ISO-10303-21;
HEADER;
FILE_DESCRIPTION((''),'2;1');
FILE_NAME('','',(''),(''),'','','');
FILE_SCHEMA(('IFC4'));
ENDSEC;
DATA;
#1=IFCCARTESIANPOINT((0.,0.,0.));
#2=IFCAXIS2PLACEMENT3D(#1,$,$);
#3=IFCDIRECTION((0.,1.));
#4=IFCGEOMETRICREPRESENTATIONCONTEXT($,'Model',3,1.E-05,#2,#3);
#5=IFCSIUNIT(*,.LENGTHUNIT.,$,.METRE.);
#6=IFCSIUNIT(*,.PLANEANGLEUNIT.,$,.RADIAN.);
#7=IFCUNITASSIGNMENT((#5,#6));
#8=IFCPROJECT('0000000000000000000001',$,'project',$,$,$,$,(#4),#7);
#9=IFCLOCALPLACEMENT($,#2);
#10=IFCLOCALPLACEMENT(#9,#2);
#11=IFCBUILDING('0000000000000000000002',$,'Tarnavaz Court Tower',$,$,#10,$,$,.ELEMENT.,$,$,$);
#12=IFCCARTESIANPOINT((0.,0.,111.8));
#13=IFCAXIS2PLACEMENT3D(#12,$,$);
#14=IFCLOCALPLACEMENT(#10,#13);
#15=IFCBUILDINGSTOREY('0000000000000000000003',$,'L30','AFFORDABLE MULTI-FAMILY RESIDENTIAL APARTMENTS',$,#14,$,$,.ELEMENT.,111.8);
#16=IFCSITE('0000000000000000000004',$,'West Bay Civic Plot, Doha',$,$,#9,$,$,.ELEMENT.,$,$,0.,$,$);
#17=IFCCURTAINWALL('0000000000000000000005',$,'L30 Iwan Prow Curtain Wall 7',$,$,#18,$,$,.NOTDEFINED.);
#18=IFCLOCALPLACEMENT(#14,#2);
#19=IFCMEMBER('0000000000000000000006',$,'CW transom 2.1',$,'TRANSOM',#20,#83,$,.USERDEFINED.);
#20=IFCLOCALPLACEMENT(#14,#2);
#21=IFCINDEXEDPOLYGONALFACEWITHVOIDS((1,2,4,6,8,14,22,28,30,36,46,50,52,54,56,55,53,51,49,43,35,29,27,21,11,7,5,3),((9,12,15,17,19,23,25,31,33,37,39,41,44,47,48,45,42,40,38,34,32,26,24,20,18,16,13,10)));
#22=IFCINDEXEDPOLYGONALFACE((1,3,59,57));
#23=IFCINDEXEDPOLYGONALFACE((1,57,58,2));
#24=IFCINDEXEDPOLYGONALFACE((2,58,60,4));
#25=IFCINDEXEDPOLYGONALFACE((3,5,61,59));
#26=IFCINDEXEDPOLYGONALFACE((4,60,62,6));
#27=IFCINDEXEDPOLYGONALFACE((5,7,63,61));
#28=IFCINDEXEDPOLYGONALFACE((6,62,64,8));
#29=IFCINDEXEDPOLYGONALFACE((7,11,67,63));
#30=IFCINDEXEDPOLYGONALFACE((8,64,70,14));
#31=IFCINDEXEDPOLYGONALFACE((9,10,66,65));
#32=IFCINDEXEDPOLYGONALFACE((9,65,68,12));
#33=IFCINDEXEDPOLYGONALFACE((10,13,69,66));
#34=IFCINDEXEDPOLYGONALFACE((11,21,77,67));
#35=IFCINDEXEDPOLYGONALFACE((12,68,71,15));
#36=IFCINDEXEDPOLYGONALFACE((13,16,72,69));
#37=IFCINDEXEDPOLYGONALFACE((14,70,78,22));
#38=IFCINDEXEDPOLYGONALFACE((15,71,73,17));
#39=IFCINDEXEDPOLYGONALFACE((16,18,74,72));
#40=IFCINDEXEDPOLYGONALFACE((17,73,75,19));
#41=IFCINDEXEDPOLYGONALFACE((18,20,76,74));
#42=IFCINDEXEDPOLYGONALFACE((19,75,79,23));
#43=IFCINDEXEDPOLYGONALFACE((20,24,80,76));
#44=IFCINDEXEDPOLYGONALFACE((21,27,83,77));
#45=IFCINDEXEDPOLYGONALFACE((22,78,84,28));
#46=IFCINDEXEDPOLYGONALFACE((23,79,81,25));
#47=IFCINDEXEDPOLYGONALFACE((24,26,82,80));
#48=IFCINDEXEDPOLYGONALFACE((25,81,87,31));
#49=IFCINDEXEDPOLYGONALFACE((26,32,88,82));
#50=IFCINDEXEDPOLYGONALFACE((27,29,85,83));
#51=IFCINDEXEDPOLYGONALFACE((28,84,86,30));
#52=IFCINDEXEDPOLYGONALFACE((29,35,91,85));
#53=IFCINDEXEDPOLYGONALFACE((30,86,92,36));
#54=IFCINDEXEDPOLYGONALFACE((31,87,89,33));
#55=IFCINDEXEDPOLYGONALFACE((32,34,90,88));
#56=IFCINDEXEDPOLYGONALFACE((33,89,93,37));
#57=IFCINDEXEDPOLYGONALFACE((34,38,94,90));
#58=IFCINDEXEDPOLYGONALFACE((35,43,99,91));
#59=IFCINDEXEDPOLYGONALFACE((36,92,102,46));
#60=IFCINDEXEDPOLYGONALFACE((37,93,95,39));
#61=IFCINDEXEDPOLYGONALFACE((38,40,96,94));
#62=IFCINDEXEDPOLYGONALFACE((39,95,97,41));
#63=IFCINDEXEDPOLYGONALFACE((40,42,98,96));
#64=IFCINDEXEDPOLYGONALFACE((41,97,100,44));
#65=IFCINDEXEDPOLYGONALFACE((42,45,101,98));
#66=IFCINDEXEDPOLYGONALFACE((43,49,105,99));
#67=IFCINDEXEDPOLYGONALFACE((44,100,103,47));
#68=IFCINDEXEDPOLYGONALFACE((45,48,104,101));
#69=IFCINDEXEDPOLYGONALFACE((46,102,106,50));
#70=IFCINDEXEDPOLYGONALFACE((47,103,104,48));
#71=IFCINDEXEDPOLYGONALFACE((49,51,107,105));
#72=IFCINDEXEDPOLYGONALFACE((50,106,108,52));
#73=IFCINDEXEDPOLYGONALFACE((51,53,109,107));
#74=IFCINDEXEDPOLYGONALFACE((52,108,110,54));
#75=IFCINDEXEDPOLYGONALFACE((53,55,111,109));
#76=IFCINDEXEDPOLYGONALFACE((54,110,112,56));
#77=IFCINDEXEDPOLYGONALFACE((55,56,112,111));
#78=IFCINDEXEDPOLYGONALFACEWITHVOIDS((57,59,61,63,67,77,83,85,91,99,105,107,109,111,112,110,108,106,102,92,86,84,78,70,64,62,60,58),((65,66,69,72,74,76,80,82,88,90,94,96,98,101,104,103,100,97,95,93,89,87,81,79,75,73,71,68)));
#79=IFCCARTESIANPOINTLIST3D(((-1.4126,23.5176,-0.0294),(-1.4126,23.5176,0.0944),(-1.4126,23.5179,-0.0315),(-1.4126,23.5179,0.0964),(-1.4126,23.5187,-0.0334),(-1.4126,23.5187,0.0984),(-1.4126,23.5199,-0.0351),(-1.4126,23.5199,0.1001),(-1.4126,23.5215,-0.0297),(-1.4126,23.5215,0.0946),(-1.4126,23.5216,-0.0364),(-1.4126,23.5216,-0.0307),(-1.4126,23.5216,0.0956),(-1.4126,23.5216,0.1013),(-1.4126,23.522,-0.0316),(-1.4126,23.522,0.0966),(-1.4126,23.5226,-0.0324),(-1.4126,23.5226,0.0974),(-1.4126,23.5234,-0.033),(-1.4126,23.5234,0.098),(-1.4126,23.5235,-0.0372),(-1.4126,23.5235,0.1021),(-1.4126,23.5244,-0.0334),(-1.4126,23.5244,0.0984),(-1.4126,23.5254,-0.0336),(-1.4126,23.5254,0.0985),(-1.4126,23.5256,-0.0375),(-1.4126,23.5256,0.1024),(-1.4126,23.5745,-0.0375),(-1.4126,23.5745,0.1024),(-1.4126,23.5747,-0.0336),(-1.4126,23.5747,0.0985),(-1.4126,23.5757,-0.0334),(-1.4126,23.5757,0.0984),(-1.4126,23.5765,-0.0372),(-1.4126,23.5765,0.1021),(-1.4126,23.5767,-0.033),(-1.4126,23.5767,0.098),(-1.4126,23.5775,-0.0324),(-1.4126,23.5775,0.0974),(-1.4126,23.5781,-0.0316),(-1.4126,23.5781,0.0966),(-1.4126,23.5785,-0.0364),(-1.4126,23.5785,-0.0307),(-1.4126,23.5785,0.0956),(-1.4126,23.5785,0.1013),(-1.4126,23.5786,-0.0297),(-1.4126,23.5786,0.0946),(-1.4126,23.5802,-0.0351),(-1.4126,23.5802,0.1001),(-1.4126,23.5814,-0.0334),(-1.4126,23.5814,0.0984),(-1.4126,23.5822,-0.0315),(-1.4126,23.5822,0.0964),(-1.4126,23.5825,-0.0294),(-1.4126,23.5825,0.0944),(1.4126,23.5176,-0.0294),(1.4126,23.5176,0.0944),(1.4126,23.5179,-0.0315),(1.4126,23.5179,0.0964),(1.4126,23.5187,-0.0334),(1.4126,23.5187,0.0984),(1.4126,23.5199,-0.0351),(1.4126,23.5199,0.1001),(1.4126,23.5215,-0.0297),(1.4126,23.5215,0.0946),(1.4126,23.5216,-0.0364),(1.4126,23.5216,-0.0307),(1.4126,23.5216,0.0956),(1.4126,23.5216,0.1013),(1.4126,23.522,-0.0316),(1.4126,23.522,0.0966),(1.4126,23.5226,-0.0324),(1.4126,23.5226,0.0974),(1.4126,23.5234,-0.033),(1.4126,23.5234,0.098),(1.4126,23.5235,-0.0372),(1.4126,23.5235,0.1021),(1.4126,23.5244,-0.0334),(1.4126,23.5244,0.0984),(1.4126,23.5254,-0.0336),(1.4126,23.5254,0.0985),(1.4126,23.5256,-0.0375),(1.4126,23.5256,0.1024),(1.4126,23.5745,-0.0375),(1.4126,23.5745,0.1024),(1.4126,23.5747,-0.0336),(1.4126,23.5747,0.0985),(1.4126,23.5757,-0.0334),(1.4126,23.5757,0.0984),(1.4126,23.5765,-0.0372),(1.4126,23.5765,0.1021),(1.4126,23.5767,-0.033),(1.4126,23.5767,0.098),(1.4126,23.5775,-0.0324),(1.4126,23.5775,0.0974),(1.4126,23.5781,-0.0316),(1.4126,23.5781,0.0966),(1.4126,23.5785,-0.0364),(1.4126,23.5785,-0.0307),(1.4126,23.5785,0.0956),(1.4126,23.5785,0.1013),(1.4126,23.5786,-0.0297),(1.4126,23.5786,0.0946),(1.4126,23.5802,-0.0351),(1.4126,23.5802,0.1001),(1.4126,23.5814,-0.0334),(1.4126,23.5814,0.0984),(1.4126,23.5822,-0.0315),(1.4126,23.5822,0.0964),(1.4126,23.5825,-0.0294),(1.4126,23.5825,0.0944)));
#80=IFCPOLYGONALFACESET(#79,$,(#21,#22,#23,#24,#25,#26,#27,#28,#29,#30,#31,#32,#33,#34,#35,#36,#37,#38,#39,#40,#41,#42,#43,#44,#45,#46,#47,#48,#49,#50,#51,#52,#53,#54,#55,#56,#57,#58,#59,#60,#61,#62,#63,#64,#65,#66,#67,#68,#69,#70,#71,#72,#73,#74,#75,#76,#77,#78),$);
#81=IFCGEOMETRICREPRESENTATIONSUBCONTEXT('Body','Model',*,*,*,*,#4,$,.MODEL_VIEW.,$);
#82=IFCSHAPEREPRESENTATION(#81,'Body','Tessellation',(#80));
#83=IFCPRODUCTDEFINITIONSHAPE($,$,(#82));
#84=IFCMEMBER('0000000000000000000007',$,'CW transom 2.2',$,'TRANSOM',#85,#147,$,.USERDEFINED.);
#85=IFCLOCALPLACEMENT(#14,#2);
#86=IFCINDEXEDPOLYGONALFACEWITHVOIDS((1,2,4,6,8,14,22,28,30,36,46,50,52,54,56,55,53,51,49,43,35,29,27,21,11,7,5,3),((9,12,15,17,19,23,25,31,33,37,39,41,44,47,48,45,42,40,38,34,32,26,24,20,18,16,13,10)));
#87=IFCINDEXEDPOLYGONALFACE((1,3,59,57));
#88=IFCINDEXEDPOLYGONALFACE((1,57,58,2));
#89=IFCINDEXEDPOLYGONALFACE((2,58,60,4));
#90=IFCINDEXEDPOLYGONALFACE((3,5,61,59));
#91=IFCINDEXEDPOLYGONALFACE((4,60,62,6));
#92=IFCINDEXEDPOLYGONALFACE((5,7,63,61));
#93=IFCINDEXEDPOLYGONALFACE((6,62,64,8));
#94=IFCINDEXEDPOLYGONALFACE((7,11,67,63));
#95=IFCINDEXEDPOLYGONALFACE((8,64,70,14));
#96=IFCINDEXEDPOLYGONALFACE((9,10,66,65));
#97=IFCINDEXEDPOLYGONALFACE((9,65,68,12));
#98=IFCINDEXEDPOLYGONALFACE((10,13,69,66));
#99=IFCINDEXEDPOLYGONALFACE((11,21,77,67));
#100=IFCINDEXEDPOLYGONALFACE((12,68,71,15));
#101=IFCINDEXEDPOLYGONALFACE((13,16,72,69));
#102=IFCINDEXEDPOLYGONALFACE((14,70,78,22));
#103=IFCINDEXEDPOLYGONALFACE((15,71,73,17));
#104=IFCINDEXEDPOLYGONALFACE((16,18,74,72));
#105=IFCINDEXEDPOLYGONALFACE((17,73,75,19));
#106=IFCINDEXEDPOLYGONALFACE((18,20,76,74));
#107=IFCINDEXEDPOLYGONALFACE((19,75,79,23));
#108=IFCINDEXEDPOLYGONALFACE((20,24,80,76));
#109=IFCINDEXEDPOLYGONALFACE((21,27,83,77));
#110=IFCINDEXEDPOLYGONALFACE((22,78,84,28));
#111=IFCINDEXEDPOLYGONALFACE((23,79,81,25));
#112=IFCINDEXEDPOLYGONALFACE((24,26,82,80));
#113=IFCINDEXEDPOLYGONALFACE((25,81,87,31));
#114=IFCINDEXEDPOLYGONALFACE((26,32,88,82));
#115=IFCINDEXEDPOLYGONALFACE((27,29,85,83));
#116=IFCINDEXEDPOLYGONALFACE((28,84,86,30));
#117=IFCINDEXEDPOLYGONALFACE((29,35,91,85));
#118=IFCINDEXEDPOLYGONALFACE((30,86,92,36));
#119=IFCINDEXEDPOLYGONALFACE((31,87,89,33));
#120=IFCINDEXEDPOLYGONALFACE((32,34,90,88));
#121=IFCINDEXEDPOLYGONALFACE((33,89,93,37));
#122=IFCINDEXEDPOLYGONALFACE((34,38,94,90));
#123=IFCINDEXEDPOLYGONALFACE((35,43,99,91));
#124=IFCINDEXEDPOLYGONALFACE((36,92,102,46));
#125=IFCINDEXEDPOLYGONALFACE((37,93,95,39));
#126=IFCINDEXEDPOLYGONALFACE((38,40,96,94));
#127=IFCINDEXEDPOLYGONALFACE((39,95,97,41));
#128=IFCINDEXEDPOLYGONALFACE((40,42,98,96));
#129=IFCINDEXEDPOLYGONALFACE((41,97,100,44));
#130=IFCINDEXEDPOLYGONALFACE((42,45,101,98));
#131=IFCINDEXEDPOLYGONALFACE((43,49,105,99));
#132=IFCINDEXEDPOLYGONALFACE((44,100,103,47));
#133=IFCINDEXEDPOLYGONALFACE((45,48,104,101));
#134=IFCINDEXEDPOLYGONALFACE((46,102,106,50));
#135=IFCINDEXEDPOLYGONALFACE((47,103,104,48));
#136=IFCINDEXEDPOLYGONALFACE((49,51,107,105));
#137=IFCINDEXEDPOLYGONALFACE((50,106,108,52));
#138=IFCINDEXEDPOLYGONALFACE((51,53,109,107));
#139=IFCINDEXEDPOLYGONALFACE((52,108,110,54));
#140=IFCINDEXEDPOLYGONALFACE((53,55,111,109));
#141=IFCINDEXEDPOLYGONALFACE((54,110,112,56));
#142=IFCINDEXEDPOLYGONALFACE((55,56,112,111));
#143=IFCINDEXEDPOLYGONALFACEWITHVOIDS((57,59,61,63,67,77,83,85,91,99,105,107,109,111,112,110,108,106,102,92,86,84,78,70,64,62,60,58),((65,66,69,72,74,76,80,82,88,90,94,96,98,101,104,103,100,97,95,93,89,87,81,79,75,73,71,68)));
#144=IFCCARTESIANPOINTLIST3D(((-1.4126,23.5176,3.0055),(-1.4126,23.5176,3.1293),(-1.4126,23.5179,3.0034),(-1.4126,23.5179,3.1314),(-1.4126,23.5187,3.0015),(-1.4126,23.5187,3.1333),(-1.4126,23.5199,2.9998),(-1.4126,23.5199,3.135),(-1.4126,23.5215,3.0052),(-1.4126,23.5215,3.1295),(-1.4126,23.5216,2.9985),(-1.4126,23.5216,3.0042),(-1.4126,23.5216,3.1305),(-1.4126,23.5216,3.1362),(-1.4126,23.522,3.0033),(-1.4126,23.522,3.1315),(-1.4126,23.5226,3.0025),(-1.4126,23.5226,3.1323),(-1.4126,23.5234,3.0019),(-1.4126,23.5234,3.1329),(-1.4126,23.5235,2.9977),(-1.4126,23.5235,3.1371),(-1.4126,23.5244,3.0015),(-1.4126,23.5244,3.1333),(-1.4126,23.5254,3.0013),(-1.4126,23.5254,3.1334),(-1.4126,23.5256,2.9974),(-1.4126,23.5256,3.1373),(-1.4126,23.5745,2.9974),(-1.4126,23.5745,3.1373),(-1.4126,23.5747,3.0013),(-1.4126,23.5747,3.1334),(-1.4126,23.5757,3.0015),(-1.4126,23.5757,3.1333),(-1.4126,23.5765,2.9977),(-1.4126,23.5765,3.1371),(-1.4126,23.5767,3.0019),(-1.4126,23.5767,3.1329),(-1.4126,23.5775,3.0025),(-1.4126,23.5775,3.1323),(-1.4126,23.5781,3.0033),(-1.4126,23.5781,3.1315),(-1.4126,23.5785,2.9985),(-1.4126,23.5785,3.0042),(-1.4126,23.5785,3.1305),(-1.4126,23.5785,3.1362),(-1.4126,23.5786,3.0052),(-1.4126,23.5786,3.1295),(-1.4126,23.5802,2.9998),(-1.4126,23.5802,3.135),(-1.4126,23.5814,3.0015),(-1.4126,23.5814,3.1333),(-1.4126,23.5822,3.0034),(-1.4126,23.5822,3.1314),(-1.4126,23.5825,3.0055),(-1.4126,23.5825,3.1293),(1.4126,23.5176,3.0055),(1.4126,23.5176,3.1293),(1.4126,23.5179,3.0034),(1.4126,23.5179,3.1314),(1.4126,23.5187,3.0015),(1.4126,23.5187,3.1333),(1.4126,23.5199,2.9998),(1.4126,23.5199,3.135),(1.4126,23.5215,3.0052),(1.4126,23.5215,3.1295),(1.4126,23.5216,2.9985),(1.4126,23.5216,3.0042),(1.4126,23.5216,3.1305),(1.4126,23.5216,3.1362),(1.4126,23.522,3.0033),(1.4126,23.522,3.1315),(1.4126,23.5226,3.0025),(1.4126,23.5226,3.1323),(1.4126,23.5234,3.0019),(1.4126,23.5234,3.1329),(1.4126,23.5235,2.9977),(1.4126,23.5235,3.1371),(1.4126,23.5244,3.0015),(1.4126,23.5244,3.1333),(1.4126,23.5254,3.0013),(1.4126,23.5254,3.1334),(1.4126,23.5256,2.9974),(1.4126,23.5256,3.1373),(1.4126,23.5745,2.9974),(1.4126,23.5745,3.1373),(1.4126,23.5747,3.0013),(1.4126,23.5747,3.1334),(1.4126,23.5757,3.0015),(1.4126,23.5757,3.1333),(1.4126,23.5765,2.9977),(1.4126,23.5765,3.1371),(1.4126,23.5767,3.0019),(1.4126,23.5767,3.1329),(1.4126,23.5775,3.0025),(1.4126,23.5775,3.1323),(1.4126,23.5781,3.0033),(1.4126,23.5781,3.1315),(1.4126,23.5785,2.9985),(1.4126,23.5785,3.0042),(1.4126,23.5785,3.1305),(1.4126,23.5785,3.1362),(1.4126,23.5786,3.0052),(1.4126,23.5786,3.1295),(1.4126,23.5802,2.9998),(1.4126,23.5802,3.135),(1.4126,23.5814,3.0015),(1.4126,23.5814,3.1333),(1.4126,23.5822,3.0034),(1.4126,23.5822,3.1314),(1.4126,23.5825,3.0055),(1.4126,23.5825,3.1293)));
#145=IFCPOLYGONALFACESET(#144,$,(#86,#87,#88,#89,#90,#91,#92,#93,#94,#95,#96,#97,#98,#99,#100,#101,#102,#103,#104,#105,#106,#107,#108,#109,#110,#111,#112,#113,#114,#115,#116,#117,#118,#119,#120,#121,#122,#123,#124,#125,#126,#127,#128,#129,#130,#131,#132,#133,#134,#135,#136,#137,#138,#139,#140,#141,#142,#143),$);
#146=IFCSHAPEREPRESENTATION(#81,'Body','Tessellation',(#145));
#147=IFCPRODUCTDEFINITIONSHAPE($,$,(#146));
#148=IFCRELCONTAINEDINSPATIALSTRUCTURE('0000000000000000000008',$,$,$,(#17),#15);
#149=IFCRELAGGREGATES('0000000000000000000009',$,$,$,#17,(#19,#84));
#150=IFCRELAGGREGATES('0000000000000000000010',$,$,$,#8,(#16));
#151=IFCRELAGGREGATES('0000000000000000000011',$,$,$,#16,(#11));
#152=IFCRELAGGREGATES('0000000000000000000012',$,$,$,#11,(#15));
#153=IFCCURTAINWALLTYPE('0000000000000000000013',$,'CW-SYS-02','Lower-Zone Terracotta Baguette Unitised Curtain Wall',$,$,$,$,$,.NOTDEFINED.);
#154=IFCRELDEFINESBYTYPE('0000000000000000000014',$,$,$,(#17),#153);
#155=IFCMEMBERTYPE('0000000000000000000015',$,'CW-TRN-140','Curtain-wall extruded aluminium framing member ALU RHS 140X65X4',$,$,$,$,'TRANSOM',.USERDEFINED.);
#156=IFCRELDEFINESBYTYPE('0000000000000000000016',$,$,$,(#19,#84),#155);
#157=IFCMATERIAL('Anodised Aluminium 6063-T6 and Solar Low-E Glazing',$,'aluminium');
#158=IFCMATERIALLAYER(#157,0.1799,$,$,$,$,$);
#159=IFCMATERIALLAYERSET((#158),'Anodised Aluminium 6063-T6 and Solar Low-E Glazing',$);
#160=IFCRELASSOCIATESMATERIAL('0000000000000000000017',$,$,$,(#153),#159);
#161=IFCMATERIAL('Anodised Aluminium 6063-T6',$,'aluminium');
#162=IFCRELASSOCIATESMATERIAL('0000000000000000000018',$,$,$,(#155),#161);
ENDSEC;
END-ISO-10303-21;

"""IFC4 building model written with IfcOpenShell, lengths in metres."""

from ifc_helpers import new_model, si_unit, direction, frame, origin, origin_2d, place, context, subcontext, project, spatial, hollow_rectangle, extrude, material, layer, layer_set, material_profile, profile_set, type_object, element, aggregate, save


model = new_model("IFC4")

# Units and contexts
model_context = context("Model", 3, precision=1e-05, world=origin(), true_north=direction((0.0, 1.0)))
body_context = subcontext(model_context, "Body", "Model", "MODEL_VIEW")
ifc_project = project(units=[si_unit("LENGTHUNIT", "METRE"), si_unit("PLANEANGLEUNIT", "RADIAN")], contexts=[model_context])

# Site, building, storey
site_placement = place(None, origin())
site = spatial("IfcSite", under=ifc_project, at=site_placement, Name="West Bay Civic Plot, Doha", CompositionType="ELEMENT", RefElevation=0.0)
building_placement = place(site_placement, origin())
building = spatial("IfcBuilding", under=site, at=building_placement, Name="Tarnavaz Court Tower", CompositionType="ELEMENT")
storey_placement = place(building_placement, frame((0.0, 0.0, 111.8)))
storey = spatial("IfcBuildingStorey", under=building, at=storey_placement, Name="L30", Description="AFFORDABLE MULTI-FAMILY RESIDENTIAL APARTMENTS", CompositionType="ELEMENT", Elevation=111.8)

# Curtain wall, members
ifc_material_1 = material(Name="Anodised Aluminium 6063-T6 and Solar Low-E Glazing", Category="aluminium")
ifc_layer_1 = layer(ifc_material_1, 0.1799)
ifc_layer_set_1 = layer_set([ifc_layer_1], Name="Anodised Aluminium 6063-T6 and Solar Low-E Glazing")
curtain_wall_type = type_object("IfcCurtainWallType", Name="CW-SYS-02", Description="Lower-Zone Terracotta Baguette Unitised Curtain Wall", PredefinedType="NOTDEFINED", material=ifc_layer_set_1)
curtain_wall_placement = place(storey_placement, origin())
curtain_wall = element("IfcCurtainWall", 1, at=curtain_wall_placement, inside=storey, type_object=curtain_wall_type, Name="L30 Iwan Prow Curtain Wall 7", PredefinedType="NOTDEFINED")
ifc_material_2 = material(Name="Anodised Aluminium 6063-T6", Category="aluminium")
ifc_material_profile_1 = material_profile(ifc_material_2, hollow_rectangle(XDim=0.0649, YDim=0.1399, WallThickness=0.0039, InnerFilletRadius=0.0039, OuterFilletRadius=0.0081, at=origin_2d()), Name="ALU RHS 140X65X4")
ifc_profile_set_1 = profile_set([ifc_material_profile_1], Name="Anodised Aluminium 6063-T6")
member_type_1 = type_object("IfcMemberType", Name="CW-TRN-140", Description="Curtain-wall extruded aluminium framing member ALU RHS 140X65X4", ElementType="TRANSOM", PredefinedType="USERDEFINED", material=ifc_profile_set_1)
member_1_placement = place(storey_placement, frame((-1.4126, 23.55, 0.0325), z_axis=(1.0, 0.0, 0.0), x_axis=(0.0, 1.0, 0.0)))
member_1 = element("IfcMember", 2, at=member_1_placement, type_object=member_type_1, Name="CW transom 2.1", ObjectType="TRANSOM", PredefinedType="USERDEFINED", context=body_context, shape_type="SweptSolid", body=[
    extrude(hollow_rectangle(XDim=0.0649, YDim=0.1399, WallThickness=0.0039, InnerFilletRadius=0.0039, OuterFilletRadius=0.0081, at=origin_2d()), origin(), (0.0, 0.0, 1.0), 2.8252),
])
member_2_placement = place(storey_placement, frame((-1.4126, 23.55, 3.0674), z_axis=(1.0, 0.0, 0.0), x_axis=(0.0, 1.0, 0.0)))
member_2 = element("IfcMember", 3, at=member_2_placement, type_object=member_type_1, Name="CW transom 2.2", ObjectType="TRANSOM", PredefinedType="USERDEFINED", context=body_context, shape_type="SweptSolid", body=[
    extrude(hollow_rectangle(XDim=0.0649, YDim=0.1399, WallThickness=0.0039, InnerFilletRadius=0.0039, OuterFilletRadius=0.0081, at=origin_2d()), origin(), (0.0, 0.0, 1.0), 2.8252),
])
aggregate(curtain_wall, [member_1, member_2])

save(model, "model.ifc")
